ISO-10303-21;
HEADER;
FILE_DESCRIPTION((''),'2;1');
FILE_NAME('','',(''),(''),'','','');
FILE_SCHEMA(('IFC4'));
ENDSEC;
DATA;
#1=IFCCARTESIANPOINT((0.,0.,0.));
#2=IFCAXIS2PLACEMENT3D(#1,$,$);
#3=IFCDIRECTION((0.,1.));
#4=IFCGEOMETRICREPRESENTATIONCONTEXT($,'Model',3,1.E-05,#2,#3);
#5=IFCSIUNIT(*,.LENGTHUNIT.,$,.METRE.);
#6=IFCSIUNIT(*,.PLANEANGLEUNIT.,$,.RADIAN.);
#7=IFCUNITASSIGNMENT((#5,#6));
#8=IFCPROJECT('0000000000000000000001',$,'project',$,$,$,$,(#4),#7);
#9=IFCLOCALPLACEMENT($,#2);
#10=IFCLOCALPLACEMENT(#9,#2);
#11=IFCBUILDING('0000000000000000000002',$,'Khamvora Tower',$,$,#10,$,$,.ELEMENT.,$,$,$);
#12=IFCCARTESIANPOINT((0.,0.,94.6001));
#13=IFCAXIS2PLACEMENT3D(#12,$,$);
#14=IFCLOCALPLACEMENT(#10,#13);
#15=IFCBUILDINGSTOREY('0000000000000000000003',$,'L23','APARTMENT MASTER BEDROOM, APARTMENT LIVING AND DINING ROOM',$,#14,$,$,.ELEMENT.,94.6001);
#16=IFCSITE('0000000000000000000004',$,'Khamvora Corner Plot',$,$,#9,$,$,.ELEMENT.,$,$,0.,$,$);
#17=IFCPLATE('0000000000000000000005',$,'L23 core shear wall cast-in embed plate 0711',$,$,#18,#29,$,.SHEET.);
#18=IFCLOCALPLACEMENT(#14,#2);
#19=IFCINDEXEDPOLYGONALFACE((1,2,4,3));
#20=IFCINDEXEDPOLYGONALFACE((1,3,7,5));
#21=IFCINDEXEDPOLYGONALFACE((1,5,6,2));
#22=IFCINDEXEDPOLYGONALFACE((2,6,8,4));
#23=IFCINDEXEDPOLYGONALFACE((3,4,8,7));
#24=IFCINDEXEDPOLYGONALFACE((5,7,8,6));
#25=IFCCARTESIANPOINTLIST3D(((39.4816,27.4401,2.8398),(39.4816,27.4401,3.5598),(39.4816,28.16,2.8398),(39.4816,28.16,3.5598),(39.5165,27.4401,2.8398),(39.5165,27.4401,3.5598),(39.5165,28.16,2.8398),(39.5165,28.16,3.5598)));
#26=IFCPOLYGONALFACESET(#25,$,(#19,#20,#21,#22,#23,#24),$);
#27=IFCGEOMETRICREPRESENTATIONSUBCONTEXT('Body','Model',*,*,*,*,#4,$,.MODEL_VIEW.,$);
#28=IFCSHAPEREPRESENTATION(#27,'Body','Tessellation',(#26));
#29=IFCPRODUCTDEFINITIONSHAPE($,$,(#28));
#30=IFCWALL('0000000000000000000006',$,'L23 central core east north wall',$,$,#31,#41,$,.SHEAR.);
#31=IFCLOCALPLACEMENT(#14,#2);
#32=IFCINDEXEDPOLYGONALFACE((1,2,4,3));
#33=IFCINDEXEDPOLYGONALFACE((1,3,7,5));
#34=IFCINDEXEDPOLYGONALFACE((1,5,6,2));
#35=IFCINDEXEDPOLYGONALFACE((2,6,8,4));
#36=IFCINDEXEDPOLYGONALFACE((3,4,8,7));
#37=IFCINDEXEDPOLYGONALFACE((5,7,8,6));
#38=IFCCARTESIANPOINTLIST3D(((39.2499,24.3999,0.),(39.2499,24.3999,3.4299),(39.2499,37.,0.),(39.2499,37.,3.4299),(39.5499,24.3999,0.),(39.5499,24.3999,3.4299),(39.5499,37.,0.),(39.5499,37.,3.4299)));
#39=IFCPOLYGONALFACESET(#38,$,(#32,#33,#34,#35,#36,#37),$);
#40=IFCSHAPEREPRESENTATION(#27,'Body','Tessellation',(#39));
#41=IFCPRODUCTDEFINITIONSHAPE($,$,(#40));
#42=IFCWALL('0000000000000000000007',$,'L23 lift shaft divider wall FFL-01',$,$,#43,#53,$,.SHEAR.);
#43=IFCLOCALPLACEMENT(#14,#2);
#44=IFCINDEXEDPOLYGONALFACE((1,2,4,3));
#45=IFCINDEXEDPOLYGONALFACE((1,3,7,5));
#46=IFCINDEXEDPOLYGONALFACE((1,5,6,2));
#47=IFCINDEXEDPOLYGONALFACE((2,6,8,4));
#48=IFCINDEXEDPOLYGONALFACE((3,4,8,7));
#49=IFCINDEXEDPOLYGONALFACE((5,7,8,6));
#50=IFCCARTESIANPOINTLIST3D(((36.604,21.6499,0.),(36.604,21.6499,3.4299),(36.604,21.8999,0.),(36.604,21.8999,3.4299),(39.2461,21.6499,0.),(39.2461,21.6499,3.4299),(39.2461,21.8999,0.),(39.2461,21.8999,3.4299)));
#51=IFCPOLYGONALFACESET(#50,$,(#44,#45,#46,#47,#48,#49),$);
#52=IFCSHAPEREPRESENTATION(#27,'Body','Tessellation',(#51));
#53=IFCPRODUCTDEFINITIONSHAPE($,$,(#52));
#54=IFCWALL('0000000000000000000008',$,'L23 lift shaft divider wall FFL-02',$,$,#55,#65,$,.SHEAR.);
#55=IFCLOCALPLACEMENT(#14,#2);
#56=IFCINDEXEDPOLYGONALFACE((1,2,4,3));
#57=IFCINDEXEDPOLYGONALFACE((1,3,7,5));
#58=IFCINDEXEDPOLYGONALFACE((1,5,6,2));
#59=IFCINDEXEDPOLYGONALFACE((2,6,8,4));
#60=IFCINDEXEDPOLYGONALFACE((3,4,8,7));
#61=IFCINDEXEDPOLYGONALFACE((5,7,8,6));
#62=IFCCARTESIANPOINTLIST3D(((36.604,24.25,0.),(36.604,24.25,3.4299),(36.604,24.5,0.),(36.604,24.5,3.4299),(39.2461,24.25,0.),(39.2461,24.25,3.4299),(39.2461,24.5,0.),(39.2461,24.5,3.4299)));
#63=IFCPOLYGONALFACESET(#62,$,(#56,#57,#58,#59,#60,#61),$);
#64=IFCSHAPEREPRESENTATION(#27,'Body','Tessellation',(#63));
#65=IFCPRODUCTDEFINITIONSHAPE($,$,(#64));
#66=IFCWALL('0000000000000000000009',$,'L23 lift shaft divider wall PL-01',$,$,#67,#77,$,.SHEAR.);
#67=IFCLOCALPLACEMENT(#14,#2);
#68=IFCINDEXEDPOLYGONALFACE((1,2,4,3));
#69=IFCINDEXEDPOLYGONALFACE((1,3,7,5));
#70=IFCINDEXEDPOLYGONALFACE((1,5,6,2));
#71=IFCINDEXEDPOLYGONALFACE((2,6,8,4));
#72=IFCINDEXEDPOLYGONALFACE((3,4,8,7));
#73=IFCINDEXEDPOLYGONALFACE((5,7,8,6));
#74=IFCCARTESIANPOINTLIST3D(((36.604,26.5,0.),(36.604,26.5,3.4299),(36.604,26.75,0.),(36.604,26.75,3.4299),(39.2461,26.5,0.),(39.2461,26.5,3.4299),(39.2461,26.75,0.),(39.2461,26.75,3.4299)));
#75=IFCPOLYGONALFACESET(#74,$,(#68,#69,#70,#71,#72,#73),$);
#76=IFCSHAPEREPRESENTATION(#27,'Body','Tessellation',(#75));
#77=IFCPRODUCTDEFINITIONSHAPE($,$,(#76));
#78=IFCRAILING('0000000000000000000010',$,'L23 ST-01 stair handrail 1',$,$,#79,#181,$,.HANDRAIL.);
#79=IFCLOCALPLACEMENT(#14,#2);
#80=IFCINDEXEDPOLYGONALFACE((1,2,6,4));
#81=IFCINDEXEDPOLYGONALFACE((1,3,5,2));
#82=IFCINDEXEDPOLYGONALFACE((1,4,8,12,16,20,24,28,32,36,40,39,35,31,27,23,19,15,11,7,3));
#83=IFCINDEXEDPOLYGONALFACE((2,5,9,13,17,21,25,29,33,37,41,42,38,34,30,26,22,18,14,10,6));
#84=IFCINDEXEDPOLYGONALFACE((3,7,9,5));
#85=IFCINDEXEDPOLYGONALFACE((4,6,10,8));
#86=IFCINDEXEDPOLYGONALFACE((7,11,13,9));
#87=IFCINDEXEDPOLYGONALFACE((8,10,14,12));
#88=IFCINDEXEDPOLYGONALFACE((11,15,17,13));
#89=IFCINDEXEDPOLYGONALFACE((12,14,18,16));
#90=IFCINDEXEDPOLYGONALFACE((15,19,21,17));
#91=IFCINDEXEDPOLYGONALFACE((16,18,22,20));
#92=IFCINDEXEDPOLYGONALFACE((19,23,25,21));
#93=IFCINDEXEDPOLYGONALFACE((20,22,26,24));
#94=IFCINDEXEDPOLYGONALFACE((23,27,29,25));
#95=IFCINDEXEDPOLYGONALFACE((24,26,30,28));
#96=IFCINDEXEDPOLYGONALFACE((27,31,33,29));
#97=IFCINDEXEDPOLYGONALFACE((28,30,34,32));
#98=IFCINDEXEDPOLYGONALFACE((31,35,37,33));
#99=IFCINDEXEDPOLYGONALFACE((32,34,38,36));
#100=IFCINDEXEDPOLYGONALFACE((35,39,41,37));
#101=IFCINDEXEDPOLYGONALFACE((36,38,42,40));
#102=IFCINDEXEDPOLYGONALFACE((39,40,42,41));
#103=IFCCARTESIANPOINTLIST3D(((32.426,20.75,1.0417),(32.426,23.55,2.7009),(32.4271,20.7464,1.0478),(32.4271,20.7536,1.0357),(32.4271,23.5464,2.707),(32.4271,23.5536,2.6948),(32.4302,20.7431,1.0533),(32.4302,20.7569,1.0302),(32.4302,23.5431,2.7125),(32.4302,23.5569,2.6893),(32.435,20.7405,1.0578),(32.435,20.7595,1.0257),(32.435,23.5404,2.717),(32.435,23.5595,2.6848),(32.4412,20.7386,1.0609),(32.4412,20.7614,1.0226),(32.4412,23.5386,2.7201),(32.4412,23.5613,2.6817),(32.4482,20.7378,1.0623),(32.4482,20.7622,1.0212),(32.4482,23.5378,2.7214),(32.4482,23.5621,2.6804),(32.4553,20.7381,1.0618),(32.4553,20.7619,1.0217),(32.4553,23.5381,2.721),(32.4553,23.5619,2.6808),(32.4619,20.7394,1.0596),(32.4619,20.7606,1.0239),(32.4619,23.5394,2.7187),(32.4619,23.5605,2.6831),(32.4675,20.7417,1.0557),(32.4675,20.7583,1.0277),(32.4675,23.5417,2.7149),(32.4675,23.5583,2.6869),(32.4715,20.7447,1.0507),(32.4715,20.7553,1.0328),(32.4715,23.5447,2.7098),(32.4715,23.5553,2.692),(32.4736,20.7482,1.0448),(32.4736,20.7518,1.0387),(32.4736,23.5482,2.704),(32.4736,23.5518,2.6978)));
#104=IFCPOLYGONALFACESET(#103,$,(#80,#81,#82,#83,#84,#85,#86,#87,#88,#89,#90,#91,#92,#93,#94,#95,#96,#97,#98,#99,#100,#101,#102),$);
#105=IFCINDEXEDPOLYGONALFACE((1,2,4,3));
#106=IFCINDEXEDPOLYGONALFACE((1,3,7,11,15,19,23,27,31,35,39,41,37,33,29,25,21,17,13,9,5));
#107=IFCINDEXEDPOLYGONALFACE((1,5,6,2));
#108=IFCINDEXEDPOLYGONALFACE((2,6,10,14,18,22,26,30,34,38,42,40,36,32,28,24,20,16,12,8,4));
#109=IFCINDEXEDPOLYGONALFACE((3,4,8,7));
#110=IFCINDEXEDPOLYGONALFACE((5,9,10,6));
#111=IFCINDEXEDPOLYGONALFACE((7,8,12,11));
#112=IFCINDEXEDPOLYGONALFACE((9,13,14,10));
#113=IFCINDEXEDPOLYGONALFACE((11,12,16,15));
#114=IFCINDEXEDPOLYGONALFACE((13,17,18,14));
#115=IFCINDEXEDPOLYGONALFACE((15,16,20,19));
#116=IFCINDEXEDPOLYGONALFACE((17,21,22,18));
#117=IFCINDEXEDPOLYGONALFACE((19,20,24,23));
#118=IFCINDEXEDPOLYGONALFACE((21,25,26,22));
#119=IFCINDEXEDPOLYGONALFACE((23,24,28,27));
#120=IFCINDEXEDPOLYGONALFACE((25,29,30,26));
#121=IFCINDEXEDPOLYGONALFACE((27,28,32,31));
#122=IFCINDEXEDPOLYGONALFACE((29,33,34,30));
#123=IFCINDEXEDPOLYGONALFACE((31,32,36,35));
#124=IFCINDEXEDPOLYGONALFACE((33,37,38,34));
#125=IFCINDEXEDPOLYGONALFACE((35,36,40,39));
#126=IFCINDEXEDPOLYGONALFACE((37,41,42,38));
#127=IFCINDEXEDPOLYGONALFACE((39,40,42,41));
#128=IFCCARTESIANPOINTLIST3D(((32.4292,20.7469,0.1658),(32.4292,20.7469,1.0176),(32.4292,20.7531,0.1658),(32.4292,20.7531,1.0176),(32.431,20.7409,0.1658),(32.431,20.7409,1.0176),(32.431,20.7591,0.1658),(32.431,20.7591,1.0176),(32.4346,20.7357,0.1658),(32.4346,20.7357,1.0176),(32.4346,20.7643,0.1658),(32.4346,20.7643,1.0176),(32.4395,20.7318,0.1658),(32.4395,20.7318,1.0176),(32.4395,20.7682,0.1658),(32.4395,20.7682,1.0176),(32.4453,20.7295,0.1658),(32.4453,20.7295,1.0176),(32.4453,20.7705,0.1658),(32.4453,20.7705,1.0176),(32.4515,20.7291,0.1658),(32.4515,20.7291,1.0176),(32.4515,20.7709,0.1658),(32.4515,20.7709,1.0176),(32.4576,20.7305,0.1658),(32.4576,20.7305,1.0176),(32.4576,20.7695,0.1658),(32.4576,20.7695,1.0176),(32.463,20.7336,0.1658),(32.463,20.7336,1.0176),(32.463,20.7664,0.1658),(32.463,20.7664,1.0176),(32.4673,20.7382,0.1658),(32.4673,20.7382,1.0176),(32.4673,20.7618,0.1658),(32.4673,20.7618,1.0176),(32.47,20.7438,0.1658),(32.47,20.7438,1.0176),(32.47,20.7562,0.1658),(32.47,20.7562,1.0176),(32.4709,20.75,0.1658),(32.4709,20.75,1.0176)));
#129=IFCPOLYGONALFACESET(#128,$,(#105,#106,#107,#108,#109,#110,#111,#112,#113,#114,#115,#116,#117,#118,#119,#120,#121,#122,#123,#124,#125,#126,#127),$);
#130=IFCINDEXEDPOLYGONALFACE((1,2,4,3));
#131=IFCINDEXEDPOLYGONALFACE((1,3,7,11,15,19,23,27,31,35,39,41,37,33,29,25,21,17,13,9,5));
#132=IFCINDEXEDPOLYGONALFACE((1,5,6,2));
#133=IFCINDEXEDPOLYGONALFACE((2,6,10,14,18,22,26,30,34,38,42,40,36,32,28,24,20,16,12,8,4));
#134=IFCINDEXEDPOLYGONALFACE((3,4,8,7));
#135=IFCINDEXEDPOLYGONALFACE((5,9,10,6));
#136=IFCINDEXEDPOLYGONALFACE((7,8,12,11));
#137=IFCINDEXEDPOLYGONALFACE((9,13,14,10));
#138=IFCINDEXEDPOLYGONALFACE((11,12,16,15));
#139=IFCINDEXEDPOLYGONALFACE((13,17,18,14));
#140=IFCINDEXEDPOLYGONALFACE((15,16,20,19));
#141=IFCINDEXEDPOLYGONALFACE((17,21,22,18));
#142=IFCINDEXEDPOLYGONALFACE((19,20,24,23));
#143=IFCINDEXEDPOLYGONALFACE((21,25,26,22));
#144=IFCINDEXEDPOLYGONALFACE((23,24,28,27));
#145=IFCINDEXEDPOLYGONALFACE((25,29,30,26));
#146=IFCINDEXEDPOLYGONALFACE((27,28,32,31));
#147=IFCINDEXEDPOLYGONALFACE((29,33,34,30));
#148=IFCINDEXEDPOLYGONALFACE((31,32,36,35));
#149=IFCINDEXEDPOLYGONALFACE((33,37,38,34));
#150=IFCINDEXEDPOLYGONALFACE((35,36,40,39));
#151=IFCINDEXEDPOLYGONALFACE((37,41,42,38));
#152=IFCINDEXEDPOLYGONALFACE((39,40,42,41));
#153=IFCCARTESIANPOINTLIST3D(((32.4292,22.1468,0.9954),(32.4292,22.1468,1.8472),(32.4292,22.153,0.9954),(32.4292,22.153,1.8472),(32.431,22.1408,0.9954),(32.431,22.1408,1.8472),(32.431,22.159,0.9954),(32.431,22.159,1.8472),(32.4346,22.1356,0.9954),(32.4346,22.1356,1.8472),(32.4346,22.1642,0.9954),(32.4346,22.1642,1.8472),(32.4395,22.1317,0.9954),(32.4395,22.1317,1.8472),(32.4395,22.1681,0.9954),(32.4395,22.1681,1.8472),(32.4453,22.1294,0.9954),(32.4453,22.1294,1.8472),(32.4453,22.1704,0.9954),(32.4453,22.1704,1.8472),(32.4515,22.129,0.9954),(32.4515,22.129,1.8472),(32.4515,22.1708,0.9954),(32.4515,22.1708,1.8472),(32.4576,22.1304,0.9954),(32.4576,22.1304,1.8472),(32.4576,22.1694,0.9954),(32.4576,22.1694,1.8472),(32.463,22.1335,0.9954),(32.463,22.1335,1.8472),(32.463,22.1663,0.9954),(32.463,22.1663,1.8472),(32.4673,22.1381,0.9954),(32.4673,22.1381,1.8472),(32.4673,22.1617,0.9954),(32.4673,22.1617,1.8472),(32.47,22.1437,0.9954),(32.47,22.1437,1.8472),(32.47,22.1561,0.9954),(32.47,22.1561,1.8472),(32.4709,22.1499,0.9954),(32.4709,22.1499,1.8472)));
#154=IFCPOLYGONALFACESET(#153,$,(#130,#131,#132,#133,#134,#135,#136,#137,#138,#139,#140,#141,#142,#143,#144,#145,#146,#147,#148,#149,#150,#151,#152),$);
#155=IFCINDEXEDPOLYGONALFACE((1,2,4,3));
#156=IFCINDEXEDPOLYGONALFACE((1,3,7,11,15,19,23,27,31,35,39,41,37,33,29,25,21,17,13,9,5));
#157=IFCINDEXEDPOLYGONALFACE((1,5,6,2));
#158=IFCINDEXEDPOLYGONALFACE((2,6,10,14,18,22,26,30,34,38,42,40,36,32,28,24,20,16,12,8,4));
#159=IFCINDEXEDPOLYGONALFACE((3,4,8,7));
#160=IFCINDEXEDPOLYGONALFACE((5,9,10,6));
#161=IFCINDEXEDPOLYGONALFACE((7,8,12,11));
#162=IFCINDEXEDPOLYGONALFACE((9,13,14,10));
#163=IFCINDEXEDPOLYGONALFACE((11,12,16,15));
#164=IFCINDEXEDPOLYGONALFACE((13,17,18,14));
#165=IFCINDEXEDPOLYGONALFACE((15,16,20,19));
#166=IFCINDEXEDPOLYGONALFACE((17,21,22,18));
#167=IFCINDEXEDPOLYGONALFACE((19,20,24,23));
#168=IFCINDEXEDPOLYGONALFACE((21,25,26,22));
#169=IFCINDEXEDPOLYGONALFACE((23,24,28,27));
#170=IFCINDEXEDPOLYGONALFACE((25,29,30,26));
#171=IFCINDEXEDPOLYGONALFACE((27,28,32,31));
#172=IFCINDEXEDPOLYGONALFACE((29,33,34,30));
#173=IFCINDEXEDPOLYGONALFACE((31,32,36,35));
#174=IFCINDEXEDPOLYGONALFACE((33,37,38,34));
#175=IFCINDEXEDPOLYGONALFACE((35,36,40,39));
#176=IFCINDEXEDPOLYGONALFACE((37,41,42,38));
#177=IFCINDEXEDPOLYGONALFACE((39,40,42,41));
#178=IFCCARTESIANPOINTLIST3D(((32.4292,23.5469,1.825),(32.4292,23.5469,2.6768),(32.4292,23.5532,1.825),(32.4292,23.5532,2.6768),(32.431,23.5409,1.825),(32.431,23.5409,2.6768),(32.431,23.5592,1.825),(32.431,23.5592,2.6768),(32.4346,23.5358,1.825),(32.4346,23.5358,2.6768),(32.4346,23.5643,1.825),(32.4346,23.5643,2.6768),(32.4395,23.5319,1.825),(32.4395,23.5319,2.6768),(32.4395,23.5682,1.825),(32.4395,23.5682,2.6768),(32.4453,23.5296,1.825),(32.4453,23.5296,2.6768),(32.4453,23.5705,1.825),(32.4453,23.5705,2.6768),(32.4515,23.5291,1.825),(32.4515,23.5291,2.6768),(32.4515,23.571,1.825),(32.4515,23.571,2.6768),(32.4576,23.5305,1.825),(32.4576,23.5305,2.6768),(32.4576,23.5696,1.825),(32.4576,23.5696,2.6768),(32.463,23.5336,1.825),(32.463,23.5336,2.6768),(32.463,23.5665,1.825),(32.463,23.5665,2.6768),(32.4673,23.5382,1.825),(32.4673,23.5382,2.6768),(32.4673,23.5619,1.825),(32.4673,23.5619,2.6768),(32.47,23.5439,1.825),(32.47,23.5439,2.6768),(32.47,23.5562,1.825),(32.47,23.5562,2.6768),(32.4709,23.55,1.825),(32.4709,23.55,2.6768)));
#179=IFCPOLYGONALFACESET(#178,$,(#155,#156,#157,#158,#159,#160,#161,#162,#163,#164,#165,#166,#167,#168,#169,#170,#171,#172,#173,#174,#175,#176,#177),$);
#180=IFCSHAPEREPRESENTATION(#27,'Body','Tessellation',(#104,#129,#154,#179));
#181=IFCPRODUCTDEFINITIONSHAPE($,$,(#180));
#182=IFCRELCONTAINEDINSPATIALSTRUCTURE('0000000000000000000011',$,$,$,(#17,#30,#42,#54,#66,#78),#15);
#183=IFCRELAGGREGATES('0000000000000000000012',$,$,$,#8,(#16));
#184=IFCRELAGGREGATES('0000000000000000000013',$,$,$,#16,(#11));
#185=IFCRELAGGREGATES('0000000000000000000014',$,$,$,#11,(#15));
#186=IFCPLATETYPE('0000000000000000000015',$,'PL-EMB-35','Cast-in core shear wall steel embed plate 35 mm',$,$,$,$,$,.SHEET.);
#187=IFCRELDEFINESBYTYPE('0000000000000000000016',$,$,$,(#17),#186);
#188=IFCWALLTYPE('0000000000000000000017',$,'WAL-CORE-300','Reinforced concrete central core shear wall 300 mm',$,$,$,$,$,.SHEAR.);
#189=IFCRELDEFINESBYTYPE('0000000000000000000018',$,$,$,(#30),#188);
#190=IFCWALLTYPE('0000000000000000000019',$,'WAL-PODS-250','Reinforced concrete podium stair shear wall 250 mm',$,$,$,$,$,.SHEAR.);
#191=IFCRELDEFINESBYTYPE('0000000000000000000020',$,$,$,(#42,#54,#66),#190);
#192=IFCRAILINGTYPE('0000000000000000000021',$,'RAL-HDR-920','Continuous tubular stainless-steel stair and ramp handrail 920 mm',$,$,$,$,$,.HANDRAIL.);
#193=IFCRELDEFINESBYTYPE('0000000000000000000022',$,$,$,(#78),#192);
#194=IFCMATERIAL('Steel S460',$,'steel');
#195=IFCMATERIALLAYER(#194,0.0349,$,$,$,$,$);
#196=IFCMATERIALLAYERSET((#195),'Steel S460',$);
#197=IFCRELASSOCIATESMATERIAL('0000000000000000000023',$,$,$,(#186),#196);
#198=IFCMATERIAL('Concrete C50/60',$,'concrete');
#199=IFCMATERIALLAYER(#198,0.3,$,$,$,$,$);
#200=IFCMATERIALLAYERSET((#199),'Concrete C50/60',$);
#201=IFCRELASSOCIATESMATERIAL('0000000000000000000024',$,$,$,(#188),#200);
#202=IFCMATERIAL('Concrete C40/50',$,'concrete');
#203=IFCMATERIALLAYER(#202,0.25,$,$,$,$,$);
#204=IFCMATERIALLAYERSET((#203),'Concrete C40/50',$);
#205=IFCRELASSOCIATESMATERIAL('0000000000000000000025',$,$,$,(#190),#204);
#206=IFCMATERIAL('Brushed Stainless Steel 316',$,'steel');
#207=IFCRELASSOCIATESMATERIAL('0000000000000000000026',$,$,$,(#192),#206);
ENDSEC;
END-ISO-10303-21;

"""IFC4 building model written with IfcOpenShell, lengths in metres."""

from ifc_helpers import new_model, si_unit, direction, frame, frame_2d, origin, origin_2d, place, context, subcontext, project, spatial, rectangle, circle, extrude, material, layer, layer_set, type_object, element, save


model = new_model("IFC4")

# Units and contexts
model_context = context("Model", 3, precision=1e-05, world=origin(), true_north=direction((0.0, 1.0)))
body_context = subcontext(model_context, "Body", "Model", "MODEL_VIEW")
ifc_project = project(units=[si_unit("LENGTHUNIT", "METRE"), si_unit("PLANEANGLEUNIT", "RADIAN")], contexts=[model_context])

# Site, building, storey
site_placement = place(None, origin())
site = spatial("IfcSite", under=ifc_project, at=site_placement, Name="Khamvora Corner Plot", CompositionType="ELEMENT", RefElevation=0.0)
building_placement = place(site_placement, origin())
building = spatial("IfcBuilding", under=site, at=building_placement, Name="Khamvora Tower", CompositionType="ELEMENT")
storey_placement = place(building_placement, frame((0.0, 0.0, 94.6001)))
storey = spatial("IfcBuildingStorey", under=building, at=storey_placement, Name="L23", Description="APARTMENT MASTER BEDROOM, APARTMENT LIVING AND DINING ROOM", CompositionType="ELEMENT", Elevation=94.6001)

# Shared definitions
ifc_material_1 = material(Name="Steel S460", Category="steel")

# Plate
ifc_layer_1 = layer(ifc_material_1, 0.0349)
ifc_layer_set_1 = layer_set([ifc_layer_1], Name="Steel S460")
plate_type = type_object("IfcPlateType", Name="PL-EMB-35", Description="Cast-in core shear wall steel embed plate 35 mm", PredefinedType="SHEET", material=ifc_layer_set_1)
for number, where, z_axis, x_axis, name in (
    (1, (39.499, 27.8, 2.8398), (0.0, 0.0, 1.0), (1.0, 0.0, 0.0), "L23 core shear wall cast-in embed plate 0711"),
):
    element("IfcPlate", number, at=place(storey_placement, frame(where, z_axis=z_axis, x_axis=x_axis)), inside=storey, type_object=plate_type, Name=name, PredefinedType="SHEET", context=body_context, shape_type="SweptSolid", body=[
        extrude(rectangle(XDim=0.0349, YDim=0.72, at=origin_2d()), origin(), (0.0, 0.0, 1.0), 0.72),
    ])

# Wall
ifc_material_2 = material(Name="Concrete C50/60", Category="concrete")
ifc_layer_2 = layer(ifc_material_2, 0.3)
ifc_layer_set_2 = layer_set([ifc_layer_2], Name="Concrete C50/60")
wall_type_1 = type_object("IfcWallType", Name="WAL-CORE-300", Description="Reinforced concrete central core shear wall 300 mm", PredefinedType="SHEAR", material=ifc_layer_set_2)
wall_1_placement = place(storey_placement, frame((39.3999, 24.3999, 0.0), z_axis=(0.0, 0.0, 1.0), x_axis=(0.0, 1.0, 0.0)))
element("IfcWall", 2, at=wall_1_placement, inside=storey, type_object=wall_type_1, Name="L23 central core east north wall", PredefinedType="SHEAR", context=body_context, shape_type="SweptSolid", body=[
    extrude(rectangle(XDim=12.6001, YDim=0.3, at=frame_2d((6.3, 0.0))), origin(), (0.0, 0.0, 1.0), 3.4299),
])

# Walls
ifc_material_3 = material(Name="Concrete C40/50", Category="concrete")
ifc_layer_3 = layer(ifc_material_3, 0.25)
ifc_layer_set_3 = layer_set([ifc_layer_3], Name="Concrete C40/50")
wall_type_2 = type_object("IfcWallType", Name="WAL-PODS-250", Description="Reinforced concrete podium stair shear wall 250 mm", PredefinedType="SHEAR", material=ifc_layer_set_3)
for number, where, z_axis, x_axis, name in (
    (3, (36.604, 21.7749, 0.0), (0.0, 0.0, 1.0), (1.0, 0.0, 0.0), "L23 lift shaft divider wall FFL-01"),
    (4, (36.604, 24.375, 0.0), (0.0, 0.0, 1.0), (1.0, 0.0, 0.0), "L23 lift shaft divider wall FFL-02"),
    (5, (36.604, 26.625, 0.0), (0.0, 0.0, 1.0), (1.0, 0.0, 0.0), "L23 lift shaft divider wall PL-01"),
):
    element("IfcWall", number, at=place(storey_placement, frame(where, z_axis=z_axis, x_axis=x_axis)), inside=storey, type_object=wall_type_2, Name=name, PredefinedType="SHEAR", context=body_context, shape_type="SweptSolid", body=[
        extrude(rectangle(XDim=2.6421, YDim=0.25, at=frame_2d((1.321, 0.0))), origin(), (0.0, 0.0, 1.0), 3.4299),
    ])

# Railing
ifc_material_4 = material(Name="Brushed Stainless Steel 316", Category="steel")
railing_type = type_object("IfcRailingType", Name="RAL-HDR-920", Description="Continuous tubular stainless-steel stair and ramp handrail 920 mm", PredefinedType="HANDRAIL", material=ifc_material_4)
railing_placement = place(storey_placement, frame((32.45, 20.75, 0.1658)))
element("IfcRailing", 6, at=railing_placement, inside=storey, type_object=railing_type, Name="L23 ST-01 stair handrail 1", PredefinedType="HANDRAIL", context=body_context, shape_type="SweptSolid", body=[
    extrude(circle(Radius=0.0239, at=origin_2d()), frame((0.0, 0.0, 0.876), z_axis=(0.0, 0.860306, 0.509778), x_axis=(-1.0, 0.0, 0.0)), (0.0, 0.0, 1.0), 3.2546),
    extrude(circle(Radius=0.021, at=origin_2d()), origin(), (0.0, 0.0, 1.0), 0.8518),
    extrude(circle(Radius=0.021, at=origin_2d()), frame((0.0, 1.3999, 0.8296)), (0.0, 0.0, 1.0), 0.8518),
    extrude(circle(Radius=0.021, at=origin_2d()), frame((0.0, 2.8, 1.6592)), (0.0, 0.0, 1.0), 0.8518),
])

save(model, "model.ifc")
